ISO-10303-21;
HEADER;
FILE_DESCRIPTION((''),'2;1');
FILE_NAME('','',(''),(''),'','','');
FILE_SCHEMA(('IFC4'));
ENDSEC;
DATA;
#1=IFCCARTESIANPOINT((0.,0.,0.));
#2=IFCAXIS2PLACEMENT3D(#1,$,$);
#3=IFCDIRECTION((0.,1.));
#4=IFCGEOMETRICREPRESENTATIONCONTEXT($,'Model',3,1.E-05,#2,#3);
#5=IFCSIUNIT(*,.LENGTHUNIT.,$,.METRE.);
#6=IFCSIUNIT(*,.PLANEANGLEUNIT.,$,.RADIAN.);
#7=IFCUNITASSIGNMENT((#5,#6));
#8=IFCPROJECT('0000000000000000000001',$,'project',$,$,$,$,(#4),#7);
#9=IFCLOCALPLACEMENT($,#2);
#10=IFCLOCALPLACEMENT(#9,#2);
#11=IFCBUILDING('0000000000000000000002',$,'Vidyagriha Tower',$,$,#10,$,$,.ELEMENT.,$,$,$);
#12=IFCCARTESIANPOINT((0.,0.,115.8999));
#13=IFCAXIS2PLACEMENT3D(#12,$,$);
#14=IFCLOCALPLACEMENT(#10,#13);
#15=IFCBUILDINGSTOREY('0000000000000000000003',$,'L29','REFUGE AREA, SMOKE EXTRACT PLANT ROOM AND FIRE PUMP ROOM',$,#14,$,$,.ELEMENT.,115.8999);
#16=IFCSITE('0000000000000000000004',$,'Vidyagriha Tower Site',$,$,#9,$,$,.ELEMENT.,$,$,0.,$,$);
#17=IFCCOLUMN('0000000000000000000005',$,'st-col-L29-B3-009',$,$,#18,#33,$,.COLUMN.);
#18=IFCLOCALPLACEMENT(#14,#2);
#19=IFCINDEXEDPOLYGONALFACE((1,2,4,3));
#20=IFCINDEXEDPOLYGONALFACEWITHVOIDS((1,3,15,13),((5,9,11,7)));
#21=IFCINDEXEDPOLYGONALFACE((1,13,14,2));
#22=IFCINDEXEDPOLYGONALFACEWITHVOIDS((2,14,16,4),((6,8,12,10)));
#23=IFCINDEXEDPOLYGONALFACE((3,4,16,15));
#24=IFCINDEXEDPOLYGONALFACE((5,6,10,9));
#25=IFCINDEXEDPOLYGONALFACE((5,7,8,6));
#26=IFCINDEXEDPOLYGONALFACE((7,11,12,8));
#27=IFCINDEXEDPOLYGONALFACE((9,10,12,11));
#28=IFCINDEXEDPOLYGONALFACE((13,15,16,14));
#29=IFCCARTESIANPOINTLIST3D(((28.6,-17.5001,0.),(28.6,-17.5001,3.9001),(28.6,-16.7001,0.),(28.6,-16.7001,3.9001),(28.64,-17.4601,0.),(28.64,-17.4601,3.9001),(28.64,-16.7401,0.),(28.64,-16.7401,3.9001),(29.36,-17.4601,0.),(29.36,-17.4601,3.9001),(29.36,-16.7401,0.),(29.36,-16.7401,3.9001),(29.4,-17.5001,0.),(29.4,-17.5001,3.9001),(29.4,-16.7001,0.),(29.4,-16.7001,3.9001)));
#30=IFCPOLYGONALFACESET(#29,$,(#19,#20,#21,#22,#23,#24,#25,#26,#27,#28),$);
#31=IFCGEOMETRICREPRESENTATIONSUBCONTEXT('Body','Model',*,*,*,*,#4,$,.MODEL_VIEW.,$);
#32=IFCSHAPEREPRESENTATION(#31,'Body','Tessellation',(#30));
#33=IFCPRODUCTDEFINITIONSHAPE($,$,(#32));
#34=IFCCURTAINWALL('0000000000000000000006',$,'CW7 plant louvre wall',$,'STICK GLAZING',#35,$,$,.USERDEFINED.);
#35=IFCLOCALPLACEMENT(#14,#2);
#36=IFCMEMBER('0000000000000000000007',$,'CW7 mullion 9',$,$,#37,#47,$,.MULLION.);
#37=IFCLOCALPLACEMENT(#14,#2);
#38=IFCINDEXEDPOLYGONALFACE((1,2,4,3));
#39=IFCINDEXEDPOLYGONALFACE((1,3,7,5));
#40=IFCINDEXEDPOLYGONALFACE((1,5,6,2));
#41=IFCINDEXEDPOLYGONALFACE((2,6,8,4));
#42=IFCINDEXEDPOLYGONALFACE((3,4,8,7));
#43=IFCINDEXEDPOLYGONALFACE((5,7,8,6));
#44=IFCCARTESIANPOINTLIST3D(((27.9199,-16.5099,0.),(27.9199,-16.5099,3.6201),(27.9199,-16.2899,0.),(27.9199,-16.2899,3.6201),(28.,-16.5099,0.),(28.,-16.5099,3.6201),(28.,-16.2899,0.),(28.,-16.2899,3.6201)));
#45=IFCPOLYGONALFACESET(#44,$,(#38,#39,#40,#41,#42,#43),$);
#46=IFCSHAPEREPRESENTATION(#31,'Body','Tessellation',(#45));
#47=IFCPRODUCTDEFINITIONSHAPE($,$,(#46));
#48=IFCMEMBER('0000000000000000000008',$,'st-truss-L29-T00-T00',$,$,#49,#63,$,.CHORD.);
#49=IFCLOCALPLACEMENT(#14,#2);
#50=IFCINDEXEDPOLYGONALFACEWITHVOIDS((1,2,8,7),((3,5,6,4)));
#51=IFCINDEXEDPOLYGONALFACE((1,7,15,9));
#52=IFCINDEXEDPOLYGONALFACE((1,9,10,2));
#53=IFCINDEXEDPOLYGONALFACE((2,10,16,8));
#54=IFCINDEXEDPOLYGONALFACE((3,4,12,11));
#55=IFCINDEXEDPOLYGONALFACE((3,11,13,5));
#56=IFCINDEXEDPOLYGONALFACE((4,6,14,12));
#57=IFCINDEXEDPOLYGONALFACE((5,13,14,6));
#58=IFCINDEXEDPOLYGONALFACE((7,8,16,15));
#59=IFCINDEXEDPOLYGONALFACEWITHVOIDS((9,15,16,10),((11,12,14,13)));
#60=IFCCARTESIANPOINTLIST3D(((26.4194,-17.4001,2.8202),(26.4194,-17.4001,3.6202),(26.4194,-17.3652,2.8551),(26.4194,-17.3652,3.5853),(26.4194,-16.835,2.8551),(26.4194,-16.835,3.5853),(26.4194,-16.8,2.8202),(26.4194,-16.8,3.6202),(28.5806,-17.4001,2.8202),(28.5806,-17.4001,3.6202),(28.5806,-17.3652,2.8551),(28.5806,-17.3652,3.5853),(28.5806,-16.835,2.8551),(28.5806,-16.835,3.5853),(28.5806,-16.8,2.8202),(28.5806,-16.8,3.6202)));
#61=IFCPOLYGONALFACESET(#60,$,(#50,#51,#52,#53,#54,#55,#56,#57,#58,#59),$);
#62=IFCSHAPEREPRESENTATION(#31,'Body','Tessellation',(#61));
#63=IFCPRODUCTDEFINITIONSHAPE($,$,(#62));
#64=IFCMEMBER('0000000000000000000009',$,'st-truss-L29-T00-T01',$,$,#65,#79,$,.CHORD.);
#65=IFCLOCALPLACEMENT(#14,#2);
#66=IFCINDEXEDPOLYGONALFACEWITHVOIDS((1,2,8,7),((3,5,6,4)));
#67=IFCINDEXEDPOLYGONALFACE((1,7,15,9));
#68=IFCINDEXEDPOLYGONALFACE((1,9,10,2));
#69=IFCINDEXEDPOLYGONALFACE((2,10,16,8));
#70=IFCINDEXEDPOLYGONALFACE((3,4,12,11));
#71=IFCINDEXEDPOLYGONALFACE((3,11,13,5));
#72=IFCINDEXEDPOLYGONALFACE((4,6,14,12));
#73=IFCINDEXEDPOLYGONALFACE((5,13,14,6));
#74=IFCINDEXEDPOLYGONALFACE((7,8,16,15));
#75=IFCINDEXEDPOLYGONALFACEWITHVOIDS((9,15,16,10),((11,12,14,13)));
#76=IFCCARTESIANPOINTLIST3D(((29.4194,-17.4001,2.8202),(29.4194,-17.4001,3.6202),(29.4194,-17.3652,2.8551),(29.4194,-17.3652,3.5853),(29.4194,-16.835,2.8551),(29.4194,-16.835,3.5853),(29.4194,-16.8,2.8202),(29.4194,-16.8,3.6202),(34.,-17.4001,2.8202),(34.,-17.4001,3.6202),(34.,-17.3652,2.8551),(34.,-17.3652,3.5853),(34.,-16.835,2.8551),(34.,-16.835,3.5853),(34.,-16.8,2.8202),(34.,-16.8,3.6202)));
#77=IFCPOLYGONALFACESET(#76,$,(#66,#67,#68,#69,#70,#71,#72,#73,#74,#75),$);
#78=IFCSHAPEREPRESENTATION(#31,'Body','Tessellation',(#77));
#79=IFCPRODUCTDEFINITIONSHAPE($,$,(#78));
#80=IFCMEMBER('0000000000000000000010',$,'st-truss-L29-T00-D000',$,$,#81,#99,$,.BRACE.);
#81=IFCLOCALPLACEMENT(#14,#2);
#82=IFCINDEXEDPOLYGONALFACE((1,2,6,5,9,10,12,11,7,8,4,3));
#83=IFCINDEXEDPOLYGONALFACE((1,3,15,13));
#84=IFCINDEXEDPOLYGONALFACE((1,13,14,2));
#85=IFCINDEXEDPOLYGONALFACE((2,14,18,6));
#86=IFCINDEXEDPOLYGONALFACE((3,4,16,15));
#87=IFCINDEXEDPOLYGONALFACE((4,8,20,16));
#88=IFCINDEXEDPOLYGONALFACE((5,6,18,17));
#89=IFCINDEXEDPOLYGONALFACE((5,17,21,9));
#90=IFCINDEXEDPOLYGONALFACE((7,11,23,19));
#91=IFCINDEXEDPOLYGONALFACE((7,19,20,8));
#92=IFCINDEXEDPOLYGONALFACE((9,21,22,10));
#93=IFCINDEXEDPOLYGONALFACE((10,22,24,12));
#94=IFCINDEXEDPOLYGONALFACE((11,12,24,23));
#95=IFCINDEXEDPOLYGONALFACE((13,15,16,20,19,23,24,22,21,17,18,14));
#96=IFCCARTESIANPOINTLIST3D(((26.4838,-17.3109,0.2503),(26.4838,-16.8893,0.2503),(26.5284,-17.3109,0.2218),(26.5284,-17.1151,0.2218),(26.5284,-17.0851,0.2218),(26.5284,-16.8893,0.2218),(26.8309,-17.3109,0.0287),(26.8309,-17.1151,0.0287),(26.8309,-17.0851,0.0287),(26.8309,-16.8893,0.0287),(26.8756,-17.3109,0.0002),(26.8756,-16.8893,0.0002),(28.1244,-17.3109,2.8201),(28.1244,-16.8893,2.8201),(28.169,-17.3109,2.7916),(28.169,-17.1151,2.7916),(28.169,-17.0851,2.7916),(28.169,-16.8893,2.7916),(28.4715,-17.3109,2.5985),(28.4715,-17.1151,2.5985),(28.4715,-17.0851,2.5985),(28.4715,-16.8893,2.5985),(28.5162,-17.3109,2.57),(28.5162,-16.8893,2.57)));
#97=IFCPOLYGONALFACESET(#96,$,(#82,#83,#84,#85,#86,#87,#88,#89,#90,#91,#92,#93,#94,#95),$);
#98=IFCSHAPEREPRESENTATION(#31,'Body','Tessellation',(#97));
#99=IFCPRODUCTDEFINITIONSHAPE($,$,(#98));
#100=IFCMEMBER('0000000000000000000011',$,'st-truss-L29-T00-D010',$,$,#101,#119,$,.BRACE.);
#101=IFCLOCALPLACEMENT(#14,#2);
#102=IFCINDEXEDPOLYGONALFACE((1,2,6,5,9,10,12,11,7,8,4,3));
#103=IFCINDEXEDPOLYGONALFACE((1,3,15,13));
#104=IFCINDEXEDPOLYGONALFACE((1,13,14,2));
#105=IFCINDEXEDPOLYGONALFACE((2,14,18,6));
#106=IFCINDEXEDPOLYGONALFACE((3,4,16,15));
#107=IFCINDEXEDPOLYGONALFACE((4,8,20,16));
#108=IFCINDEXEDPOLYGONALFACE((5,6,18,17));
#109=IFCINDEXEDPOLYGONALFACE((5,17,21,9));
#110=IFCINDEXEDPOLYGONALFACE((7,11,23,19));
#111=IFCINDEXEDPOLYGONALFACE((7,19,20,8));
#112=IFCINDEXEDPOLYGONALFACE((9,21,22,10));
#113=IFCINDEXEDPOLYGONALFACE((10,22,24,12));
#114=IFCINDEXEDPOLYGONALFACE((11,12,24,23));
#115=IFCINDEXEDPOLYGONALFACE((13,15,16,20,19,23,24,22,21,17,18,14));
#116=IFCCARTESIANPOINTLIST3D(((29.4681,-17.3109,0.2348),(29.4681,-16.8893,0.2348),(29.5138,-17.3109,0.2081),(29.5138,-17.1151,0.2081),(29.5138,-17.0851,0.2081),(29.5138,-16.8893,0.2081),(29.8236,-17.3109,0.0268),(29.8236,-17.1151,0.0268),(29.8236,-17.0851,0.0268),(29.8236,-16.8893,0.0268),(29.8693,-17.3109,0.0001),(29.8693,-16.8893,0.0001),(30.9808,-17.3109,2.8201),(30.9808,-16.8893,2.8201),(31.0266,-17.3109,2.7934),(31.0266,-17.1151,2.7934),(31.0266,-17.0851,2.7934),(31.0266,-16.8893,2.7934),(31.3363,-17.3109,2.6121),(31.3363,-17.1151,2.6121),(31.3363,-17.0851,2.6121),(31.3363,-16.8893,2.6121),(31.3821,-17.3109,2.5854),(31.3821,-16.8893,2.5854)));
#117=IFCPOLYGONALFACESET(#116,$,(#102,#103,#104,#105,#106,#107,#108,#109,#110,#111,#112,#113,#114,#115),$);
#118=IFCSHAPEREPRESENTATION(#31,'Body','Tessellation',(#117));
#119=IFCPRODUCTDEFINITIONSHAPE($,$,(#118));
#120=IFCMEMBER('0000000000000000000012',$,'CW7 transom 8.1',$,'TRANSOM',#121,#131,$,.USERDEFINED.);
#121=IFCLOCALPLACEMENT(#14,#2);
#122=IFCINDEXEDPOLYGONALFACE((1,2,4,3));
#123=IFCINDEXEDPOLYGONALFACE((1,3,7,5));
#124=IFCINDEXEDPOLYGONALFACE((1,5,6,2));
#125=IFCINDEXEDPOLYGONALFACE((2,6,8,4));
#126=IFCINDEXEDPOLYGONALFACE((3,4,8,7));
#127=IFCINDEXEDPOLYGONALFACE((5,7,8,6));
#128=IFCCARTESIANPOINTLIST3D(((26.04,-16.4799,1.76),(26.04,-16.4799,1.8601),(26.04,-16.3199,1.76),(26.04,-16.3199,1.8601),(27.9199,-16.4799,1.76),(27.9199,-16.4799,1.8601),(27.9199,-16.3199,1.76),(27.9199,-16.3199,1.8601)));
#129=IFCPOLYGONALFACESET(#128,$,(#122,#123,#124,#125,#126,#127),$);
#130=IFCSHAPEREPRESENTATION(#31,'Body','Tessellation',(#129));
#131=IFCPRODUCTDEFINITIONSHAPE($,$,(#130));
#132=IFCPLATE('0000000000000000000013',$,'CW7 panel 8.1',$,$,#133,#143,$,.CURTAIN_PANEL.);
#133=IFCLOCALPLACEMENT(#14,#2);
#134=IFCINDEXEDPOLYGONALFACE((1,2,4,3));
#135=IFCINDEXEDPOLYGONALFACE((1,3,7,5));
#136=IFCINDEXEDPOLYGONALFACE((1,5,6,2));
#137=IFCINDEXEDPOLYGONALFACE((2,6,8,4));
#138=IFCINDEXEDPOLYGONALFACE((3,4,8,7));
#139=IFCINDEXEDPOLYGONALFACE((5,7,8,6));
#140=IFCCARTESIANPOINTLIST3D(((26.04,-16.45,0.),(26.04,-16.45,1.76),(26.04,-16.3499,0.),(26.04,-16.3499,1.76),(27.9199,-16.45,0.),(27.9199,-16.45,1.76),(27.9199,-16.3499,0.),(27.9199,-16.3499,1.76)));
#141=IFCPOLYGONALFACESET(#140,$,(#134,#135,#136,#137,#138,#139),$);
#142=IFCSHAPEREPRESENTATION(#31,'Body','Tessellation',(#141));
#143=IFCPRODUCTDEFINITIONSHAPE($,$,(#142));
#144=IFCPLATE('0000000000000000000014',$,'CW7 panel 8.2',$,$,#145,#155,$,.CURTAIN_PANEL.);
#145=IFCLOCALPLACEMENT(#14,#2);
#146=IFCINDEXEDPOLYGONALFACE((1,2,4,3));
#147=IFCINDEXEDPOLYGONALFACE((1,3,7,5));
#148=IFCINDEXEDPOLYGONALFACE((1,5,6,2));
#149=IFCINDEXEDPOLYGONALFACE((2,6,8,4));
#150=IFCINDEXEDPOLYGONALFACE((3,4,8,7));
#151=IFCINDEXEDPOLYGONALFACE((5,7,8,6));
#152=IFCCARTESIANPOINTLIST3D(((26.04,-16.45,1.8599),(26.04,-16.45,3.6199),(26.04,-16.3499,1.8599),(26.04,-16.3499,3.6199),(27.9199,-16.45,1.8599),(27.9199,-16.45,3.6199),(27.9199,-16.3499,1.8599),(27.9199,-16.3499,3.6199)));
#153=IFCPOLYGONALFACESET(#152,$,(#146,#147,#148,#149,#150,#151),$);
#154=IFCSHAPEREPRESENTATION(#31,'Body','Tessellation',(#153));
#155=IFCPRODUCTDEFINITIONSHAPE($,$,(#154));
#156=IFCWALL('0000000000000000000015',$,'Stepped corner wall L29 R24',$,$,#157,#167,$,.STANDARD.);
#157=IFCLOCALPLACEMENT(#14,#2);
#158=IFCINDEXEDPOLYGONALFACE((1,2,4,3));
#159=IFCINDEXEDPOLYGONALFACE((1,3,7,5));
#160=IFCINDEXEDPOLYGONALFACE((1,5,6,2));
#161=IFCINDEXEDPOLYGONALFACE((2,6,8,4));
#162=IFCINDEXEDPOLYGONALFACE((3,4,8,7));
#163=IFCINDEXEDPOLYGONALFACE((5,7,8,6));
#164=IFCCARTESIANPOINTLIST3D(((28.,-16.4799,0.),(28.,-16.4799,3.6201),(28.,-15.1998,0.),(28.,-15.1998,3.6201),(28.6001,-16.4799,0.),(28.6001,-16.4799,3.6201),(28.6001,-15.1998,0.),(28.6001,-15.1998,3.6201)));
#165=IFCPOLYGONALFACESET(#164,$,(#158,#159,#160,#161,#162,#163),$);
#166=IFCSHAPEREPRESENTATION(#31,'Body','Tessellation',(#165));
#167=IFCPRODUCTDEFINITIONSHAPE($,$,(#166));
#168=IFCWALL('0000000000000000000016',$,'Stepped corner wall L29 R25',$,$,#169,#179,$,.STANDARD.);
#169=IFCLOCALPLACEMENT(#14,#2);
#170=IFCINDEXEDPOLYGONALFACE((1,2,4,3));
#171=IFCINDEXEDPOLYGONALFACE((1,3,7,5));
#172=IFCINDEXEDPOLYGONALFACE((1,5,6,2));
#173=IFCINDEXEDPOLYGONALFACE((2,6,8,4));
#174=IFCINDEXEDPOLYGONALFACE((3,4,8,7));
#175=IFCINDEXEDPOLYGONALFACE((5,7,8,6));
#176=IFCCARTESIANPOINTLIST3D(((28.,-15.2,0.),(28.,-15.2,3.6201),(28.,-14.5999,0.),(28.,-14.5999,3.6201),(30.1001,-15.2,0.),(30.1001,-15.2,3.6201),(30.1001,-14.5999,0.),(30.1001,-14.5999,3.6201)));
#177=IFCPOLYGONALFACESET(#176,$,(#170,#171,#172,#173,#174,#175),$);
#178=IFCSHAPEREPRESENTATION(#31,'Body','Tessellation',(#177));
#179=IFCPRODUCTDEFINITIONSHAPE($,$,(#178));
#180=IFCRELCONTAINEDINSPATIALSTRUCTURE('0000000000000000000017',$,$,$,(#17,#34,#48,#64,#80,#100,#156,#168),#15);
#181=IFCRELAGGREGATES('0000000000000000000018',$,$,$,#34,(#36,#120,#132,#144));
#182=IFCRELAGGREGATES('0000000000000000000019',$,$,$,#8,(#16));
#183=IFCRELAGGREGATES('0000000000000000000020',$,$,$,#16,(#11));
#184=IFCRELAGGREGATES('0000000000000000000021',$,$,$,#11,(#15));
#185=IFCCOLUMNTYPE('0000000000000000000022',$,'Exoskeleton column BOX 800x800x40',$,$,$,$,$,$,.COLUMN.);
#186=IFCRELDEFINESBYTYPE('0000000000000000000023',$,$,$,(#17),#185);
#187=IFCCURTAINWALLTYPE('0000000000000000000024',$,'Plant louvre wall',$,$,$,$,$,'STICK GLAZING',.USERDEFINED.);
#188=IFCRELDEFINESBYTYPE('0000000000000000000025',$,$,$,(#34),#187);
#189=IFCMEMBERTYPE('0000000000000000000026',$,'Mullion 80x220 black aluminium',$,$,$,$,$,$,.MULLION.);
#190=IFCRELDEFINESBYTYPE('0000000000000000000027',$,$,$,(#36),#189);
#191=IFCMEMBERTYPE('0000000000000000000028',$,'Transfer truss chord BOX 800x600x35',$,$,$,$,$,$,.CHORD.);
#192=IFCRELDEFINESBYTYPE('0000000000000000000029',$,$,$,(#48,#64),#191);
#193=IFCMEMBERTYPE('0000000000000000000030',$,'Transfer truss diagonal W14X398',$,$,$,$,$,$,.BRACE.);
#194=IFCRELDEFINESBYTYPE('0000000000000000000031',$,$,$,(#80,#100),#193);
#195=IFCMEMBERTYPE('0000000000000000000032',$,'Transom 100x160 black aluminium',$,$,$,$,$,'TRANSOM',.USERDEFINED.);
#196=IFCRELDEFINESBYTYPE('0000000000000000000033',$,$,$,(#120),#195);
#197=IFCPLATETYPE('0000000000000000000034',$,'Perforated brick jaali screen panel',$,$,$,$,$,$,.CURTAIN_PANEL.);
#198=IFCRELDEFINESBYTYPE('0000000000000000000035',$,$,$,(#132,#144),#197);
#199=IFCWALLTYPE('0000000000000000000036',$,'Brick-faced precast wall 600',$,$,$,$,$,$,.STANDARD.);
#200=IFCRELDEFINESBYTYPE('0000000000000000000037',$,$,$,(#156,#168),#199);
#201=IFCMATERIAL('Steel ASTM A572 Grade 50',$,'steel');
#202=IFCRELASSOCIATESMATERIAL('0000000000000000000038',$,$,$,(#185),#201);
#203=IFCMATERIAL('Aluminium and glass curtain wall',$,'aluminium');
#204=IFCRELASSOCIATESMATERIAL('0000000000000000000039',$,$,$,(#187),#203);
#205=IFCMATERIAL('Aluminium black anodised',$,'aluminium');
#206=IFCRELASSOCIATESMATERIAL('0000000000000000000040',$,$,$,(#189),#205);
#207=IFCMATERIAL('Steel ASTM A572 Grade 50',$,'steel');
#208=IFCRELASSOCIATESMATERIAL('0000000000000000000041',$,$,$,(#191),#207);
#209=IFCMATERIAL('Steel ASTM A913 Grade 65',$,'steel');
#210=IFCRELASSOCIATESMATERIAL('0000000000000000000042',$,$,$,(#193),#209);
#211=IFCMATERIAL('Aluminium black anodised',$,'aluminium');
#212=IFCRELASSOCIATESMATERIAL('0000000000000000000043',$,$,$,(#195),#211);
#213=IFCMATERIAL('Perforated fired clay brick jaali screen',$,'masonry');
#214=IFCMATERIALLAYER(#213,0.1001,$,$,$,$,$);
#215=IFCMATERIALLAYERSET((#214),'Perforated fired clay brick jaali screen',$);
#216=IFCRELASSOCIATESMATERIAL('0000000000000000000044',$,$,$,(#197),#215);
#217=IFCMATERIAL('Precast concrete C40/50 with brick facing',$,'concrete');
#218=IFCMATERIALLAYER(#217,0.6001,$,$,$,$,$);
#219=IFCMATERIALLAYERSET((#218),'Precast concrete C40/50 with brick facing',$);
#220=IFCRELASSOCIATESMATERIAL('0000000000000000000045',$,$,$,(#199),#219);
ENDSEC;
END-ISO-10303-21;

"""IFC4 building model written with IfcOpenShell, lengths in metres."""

from ifc_helpers import new_model, si_unit, direction, frame, frame_2d, origin, origin_2d, place, context, subcontext, project, spatial, rectangle, hollow_rectangle, i_section, extrude, material, layer, layer_set, material_profile, profile_set, type_object, element, aggregate, save


model = new_model("IFC4")

# Units and contexts
model_context = context("Model", 3, precision=1e-05, world=origin(), true_north=direction((0.0, 1.0)))
body_context = subcontext(model_context, "Body", "Model", "MODEL_VIEW")
ifc_project = project(units=[si_unit("LENGTHUNIT", "METRE"), si_unit("PLANEANGLEUNIT", "RADIAN")], contexts=[model_context])

# Site, building, storey
site_placement = place(None, origin())
site = spatial("IfcSite", under=ifc_project, at=site_placement, Name="Vidyagriha Tower Site", CompositionType="ELEMENT", RefElevation=0.0)
building_placement = place(site_placement, origin())
building = spatial("IfcBuilding", under=site, at=building_placement, Name="Vidyagriha Tower", CompositionType="ELEMENT")
storey_placement = place(building_placement, frame((0.0, 0.0, 115.8999)))
storey = spatial("IfcBuildingStorey", under=building, at=storey_placement, Name="L29", Description="REFUGE AREA, SMOKE EXTRACT PLANT ROOM AND FIRE PUMP ROOM", CompositionType="ELEMENT", Elevation=115.8999)

# Column
ifc_material_1 = material(Name="Steel ASTM A572 Grade 50", Category="steel")
ifc_material_profile_1 = material_profile(ifc_material_1, hollow_rectangle(XDim=0.8, YDim=0.8, WallThickness=0.04, at=origin_2d()), Name="BOX 800x800x40")
ifc_profile_set_1 = profile_set([ifc_material_profile_1], Name="Steel ASTM A572 Grade 50")
column_type = type_object("IfcColumnType", Name="Exoskeleton column BOX 800x800x40", PredefinedType="COLUMN", material=ifc_profile_set_1)
column_placement = place(storey_placement, frame((29.0, -17.1001, 0.0)))
element("IfcColumn", 1, at=column_placement, inside=storey, type_object=column_type, Name="st-col-L29-B3-009", PredefinedType="COLUMN", context=body_context, shape_type="SweptSolid", body=[
    extrude(hollow_rectangle(XDim=0.8, YDim=0.8, WallThickness=0.04, at=origin_2d()), origin(), (0.0, 0.0, 1.0), 3.9001),
])

# Curtain wall, member
ifc_material_2 = material(Name="Aluminium and glass curtain wall", Category="aluminium")
curtain_wall_type = type_object("IfcCurtainWallType", Name="Plant louvre wall", ElementType="STICK GLAZING", PredefinedType="USERDEFINED", material=ifc_material_2)
curtain_wall_placement = place(storey_placement, origin())
curtain_wall = element("IfcCurtainWall", 2, at=curtain_wall_placement, inside=storey, type_object=curtain_wall_type, Name="CW7 plant louvre wall", ObjectType="STICK GLAZING", PredefinedType="USERDEFINED")
ifc_material_3 = material(Name="Aluminium black anodised", Category="aluminium")
ifc_material_profile_2 = material_profile(ifc_material_3, rectangle(XDim=0.22, YDim=0.0801, at=origin_2d()), Name="Mullion 80x220 black aluminium")
ifc_profile_set_2 = profile_set([ifc_material_profile_2], Name="Aluminium black anodised")
member_type_1 = type_object("IfcMemberType", Name="Mullion 80x220 black aluminium", PredefinedType="MULLION", material=ifc_profile_set_2)
member_1_placement = place(storey_placement, frame((27.96, -16.3999, 0.0), z_axis=(0.0, 0.0, 1.0), x_axis=(0.0, 1.0, 0.0)))
member_1 = element("IfcMember", 3, at=member_1_placement, type_object=member_type_1, Name="CW7 mullion 9", PredefinedType="MULLION", context=body_context, shape_type="SweptSolid", body=[
    extrude(rectangle(XDim=0.22, YDim=0.0801, at=origin_2d()), origin(), (0.0, 0.0, 1.0), 3.6201),
])

# Members
ifc_material_4 = material(Name="Steel ASTM A572 Grade 50", Category="steel")
ifc_material_profile_3 = material_profile(ifc_material_4, hollow_rectangle(XDim=0.6001, YDim=0.8, WallThickness=0.0349, at=origin_2d()), Name="BOX 800x600x35")
ifc_profile_set_3 = profile_set([ifc_material_profile_3], Name="Steel ASTM A572 Grade 50")
member_type_2 = type_object("IfcMemberType", Name="Transfer truss chord BOX 800x600x35", PredefinedType="CHORD", material=ifc_profile_set_3)
member_2_placement = place(storey_placement, frame((26.4194, -17.1001, 3.2202), z_axis=(1.0, 0.0, 0.0), x_axis=(0.0, 1.0, 0.0)))
element("IfcMember", 4, at=member_2_placement, inside=storey, type_object=member_type_2, Name="st-truss-L29-T00-T00", PredefinedType="CHORD", context=body_context, shape_type="SweptSolid", body=[
    extrude(hollow_rectangle(XDim=0.6001, YDim=0.8, WallThickness=0.0349, at=origin_2d()), origin(), (0.0, 0.0, 1.0), 2.1611),
])
member_3_placement = place(storey_placement, frame((29.4194, -17.1001, 3.2202), z_axis=(1.0, 0.0, 0.0), x_axis=(0.0, 1.0, 0.0)))
element("IfcMember", 5, at=member_3_placement, inside=storey, type_object=member_type_2, Name="st-truss-L29-T00-T01", PredefinedType="CHORD", context=body_context, shape_type="SweptSolid", body=[
    extrude(hollow_rectangle(XDim=0.6001, YDim=0.8, WallThickness=0.0349, at=origin_2d()), origin(), (0.0, 0.0, 1.0), 4.5806),
])
ifc_material_5 = material(Name="Steel ASTM A913 Grade 65", Category="steel")
ifc_material_profile_4 = material_profile(ifc_material_5, i_section(OverallWidth=0.4216, OverallDepth=0.4648, WebThickness=0.03, FlangeThickness=0.053, at=origin_2d()), Name="W14X398")
ifc_profile_set_4 = profile_set([ifc_material_profile_4], Name="Steel ASTM A913 Grade 65")
member_type_3 = type_object("IfcMemberType", Name="Transfer truss diagonal W14X398", PredefinedType="BRACE", material=ifc_profile_set_4)
member_4_placement = place(storey_placement, frame((26.6797, -17.1001, 0.1252), z_axis=(0.538108, 0.0, 0.842876), x_axis=(0.0, 1.0, 0.0)))
element("IfcMember", 6, at=member_4_placement, inside=storey, type_object=member_type_3, Name="st-truss-L29-T00-D000", PredefinedType="BRACE", context=body_context, shape_type="SweptSolid", body=[
    extrude(i_section(OverallWidth=0.4216, OverallDepth=0.4648, WebThickness=0.03, FlangeThickness=0.053, at=origin_2d()), origin(), (0.0, 0.0, 1.0), 3.0488),
])
member_5_placement = place(storey_placement, frame((29.6687, -17.1001, 0.1174), z_axis=(0.505031, 0.0, 0.863101), x_axis=(0.0, 1.0, 0.0)))
element("IfcMember", 7, at=member_5_placement, inside=storey, type_object=member_type_3, Name="st-truss-L29-T00-D010", PredefinedType="BRACE", context=body_context, shape_type="SweptSolid", body=[
    extrude(i_section(OverallWidth=0.4216, OverallDepth=0.4648, WebThickness=0.03, FlangeThickness=0.053, at=origin_2d()), origin(), (0.0, 0.0, 1.0), 2.9954),
])

# Member
ifc_material_6 = material(Name="Aluminium black anodised", Category="aluminium")
ifc_material_profile_5 = material_profile(ifc_material_6, rectangle(XDim=0.1599, YDim=0.1001, at=origin_2d()), Name="Transom 100x160 black aluminium")
ifc_profile_set_5 = profile_set([ifc_material_profile_5], Name="Aluminium black anodised")
member_type_4 = type_object("IfcMemberType", Name="Transom 100x160 black aluminium", ElementType="TRANSOM", PredefinedType="USERDEFINED", material=ifc_profile_set_5)
member_6_placement = place(storey_placement, frame((26.04, -16.3999, 1.8101), z_axis=(1.0, 0.0, 0.0), x_axis=(0.0, 1.0, 0.0)))
member_6 = element("IfcMember", 8, at=member_6_placement, type_object=member_type_4, Name="CW7 transom 8.1", ObjectType="TRANSOM", PredefinedType="USERDEFINED", context=body_context, shape_type="SweptSolid", body=[
    extrude(rectangle(XDim=0.1599, YDim=0.1001, at=origin_2d()), origin(), (0.0, 0.0, 1.0), 1.8799),
])

# Plates
ifc_material_7 = material(Name="Perforated fired clay brick jaali screen", Category="masonry")
ifc_layer_1 = layer(ifc_material_7, 0.1001)
ifc_layer_set_1 = layer_set([ifc_layer_1], Name="Perforated fired clay brick jaali screen")
plate_type = type_object("IfcPlateType", Name="Perforated brick jaali screen panel", PredefinedType="CURTAIN_PANEL", material=ifc_layer_set_1)
plate_1_placement = place(storey_placement, frame((26.98, -16.3999, 0.0)))
plate_1 = element("IfcPlate", 9, at=plate_1_placement, type_object=plate_type, Name="CW7 panel 8.1", PredefinedType="CURTAIN_PANEL", context=body_context, shape_type="SweptSolid", body=[
    extrude(rectangle(XDim=1.8799, YDim=0.1001, at=origin_2d()), origin(), (0.0, 0.0, 1.0), 1.76),
])
plate_2_placement = place(storey_placement, frame((26.98, -16.3999, 1.8599)))
plate_2 = element("IfcPlate", 10, at=plate_2_placement, type_object=plate_type, Name="CW7 panel 8.2", PredefinedType="CURTAIN_PANEL", context=body_context, shape_type="SweptSolid", body=[
    extrude(rectangle(XDim=1.8799, YDim=0.1001, at=origin_2d()), origin(), (0.0, 0.0, 1.0), 1.76),
])
aggregate(curtain_wall, [member_1, member_6, plate_1, plate_2])

# Walls
ifc_material_8 = material(Name="Precast concrete C40/50 with brick facing", Category="concrete")
ifc_layer_2 = layer(ifc_material_8, 0.6001)
ifc_layer_set_2 = layer_set([ifc_layer_2], Name="Precast concrete C40/50 with brick facing")
wall_type = type_object("IfcWallType", Name="Brick-faced precast wall 600", PredefinedType="STANDARD", material=ifc_layer_set_2)
wall_1_placement = place(storey_placement, frame((28.3, -16.48, 0.0), z_axis=(0.0, 0.0, 1.0), x_axis=(0.0, 1.0, 0.0)))
element("IfcWall", 11, at=wall_1_placement, inside=storey, type_object=wall_type, Name="Stepped corner wall L29 R24", PredefinedType="STANDARD", context=body_context, shape_type="SweptSolid", body=[
    extrude(rectangle(XDim=1.28, YDim=0.6001, at=frame_2d((0.6401, 0.0))), origin(), (0.0, 0.0, 1.0), 3.6201),
])
wall_2_placement = place(storey_placement, frame((28.0, -14.8999, 0.0)))
element("IfcWall", 12, at=wall_2_placement, inside=storey, type_object=wall_type, Name="Stepped corner wall L29 R25", PredefinedType="STANDARD", context=body_context, shape_type="SweptSolid", body=[
    extrude(rectangle(XDim=2.1001, YDim=0.6001, at=frame_2d((1.05, 0.0))), origin(), (0.0, 0.0, 1.0), 3.6201),
])

save(model, "model.ifc")
